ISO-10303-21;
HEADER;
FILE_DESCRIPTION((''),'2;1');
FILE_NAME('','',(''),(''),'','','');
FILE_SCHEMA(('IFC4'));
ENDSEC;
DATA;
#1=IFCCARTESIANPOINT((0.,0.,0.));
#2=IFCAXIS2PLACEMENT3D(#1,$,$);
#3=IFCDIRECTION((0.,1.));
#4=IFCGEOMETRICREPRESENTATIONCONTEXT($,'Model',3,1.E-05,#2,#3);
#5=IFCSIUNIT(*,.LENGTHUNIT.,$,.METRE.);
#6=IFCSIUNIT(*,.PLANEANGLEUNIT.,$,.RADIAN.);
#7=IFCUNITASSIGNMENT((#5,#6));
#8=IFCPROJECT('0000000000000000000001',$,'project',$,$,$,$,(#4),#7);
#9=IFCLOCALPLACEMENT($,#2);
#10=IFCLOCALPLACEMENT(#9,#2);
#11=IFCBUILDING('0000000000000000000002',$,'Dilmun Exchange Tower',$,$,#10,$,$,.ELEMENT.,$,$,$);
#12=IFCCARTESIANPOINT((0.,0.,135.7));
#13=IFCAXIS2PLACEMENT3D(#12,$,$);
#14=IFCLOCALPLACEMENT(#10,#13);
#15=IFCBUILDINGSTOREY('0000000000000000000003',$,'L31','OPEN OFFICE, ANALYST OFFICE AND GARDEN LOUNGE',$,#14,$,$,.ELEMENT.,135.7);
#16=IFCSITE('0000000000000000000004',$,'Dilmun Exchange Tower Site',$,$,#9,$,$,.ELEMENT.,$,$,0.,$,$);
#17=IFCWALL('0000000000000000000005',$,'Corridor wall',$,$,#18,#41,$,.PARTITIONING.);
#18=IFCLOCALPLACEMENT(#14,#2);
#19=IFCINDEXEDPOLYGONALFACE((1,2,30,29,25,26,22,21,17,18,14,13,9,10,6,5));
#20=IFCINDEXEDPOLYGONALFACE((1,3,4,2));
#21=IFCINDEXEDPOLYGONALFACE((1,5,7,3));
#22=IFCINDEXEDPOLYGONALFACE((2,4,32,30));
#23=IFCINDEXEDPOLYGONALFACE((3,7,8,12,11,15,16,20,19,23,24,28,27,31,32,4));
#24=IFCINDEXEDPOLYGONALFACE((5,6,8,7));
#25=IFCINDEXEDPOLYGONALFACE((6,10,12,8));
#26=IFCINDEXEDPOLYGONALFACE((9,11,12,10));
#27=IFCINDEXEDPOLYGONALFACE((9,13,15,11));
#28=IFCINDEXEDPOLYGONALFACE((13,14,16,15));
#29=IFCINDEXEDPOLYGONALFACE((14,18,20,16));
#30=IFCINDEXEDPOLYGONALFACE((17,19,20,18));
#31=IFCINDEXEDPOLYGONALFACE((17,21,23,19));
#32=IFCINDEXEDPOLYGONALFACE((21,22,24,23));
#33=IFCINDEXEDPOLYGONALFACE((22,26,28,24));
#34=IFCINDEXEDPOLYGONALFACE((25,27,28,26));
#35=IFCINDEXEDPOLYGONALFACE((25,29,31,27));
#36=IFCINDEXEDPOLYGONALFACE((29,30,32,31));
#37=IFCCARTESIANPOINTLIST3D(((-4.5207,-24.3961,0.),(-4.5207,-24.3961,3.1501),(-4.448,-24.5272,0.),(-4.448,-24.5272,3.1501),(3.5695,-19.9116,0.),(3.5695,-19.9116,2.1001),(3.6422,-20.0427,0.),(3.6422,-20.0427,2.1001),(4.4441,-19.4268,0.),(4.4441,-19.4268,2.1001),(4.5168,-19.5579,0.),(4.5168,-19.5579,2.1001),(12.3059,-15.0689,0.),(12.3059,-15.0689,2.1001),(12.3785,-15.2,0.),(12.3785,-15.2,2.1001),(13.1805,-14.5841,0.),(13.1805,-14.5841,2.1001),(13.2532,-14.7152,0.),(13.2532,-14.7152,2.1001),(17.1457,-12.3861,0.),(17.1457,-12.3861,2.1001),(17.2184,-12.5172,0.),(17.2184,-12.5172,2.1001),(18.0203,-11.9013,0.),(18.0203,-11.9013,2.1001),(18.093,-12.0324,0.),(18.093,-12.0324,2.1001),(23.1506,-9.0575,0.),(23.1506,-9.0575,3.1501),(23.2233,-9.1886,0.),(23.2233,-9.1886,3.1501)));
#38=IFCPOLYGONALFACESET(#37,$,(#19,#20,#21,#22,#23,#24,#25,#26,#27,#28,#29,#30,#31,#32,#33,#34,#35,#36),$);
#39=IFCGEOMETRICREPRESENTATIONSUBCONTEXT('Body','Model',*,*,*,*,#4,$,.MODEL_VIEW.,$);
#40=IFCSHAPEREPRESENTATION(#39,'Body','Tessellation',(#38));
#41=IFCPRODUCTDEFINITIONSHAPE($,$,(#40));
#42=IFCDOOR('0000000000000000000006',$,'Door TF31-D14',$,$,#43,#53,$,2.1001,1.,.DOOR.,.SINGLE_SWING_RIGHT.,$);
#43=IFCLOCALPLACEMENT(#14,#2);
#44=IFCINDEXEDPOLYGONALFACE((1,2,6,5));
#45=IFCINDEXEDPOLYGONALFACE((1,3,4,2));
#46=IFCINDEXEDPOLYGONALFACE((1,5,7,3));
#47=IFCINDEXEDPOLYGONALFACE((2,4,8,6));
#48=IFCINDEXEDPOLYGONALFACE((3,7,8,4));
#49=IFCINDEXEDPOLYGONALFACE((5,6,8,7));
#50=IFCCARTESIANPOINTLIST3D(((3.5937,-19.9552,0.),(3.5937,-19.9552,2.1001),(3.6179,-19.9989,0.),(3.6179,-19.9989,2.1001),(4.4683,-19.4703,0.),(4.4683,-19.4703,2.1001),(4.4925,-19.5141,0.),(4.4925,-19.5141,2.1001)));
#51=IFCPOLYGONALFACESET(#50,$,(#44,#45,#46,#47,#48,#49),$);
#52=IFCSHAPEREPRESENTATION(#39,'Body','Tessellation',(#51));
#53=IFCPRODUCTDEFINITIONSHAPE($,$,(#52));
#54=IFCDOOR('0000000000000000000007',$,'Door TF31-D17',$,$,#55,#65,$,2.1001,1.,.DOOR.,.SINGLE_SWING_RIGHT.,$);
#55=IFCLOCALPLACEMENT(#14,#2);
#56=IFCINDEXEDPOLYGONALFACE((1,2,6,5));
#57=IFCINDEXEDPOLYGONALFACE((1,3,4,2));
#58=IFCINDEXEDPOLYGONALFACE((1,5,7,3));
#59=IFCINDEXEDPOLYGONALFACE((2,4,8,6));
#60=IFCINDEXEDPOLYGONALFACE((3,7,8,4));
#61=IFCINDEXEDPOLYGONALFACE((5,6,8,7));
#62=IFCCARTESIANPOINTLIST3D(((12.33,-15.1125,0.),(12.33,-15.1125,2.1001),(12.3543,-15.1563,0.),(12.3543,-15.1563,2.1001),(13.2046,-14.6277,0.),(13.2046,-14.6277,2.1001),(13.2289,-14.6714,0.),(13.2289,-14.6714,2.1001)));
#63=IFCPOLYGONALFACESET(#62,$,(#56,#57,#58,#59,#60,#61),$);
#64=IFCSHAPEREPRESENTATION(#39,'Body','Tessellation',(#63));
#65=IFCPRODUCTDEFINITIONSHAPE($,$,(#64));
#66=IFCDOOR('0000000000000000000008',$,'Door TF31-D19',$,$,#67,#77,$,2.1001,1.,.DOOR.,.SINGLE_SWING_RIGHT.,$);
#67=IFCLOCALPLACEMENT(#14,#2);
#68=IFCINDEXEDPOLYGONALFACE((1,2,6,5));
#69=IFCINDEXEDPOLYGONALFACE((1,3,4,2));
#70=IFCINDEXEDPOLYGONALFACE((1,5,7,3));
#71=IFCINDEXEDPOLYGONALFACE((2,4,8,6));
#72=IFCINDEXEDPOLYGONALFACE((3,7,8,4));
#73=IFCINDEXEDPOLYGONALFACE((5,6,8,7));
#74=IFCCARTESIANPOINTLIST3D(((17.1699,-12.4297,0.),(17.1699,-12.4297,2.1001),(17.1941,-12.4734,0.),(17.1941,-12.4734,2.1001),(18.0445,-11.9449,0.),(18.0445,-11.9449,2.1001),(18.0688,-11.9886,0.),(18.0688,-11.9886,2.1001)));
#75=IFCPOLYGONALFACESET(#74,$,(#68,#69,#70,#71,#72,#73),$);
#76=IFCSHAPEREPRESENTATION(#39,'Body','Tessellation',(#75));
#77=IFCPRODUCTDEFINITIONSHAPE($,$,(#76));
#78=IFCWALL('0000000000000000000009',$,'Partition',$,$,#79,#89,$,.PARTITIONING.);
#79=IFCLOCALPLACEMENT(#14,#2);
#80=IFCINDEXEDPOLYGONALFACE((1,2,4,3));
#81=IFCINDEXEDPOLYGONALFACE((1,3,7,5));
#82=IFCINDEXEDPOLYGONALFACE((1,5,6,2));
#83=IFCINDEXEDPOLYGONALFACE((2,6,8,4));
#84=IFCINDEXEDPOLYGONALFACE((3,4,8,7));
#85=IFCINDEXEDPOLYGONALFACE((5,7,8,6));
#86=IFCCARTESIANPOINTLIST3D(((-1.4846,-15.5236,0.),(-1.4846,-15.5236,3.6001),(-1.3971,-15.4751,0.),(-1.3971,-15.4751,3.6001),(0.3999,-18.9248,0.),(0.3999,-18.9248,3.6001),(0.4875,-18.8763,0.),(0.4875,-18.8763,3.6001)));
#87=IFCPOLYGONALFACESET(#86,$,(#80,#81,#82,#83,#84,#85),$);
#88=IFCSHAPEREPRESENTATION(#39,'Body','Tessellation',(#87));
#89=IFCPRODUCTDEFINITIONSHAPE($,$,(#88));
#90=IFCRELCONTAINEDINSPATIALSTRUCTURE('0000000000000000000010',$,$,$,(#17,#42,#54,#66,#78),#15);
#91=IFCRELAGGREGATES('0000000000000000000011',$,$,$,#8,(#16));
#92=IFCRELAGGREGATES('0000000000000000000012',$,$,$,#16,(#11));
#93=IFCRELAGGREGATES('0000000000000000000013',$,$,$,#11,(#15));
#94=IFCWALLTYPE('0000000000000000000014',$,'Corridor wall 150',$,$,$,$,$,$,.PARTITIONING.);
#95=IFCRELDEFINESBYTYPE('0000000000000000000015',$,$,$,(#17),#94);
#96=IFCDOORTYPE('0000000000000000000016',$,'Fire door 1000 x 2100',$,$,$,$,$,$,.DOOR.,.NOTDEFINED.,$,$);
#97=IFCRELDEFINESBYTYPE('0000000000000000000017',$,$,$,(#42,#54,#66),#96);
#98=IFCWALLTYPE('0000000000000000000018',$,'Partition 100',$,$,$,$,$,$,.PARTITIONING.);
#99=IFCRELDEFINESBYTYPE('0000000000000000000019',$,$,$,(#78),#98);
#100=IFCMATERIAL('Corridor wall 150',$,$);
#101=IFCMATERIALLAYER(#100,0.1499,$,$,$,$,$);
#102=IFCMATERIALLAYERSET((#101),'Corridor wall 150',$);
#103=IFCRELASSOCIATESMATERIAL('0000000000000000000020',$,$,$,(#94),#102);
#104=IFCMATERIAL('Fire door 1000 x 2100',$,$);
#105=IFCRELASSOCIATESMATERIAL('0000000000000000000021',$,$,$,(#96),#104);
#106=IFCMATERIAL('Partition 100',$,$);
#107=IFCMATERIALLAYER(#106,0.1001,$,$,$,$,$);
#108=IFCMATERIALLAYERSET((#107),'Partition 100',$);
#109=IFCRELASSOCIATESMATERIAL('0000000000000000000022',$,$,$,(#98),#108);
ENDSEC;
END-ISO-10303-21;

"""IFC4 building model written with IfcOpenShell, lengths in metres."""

from ifc_helpers import new_model, si_unit, direction, frame, frame_2d, origin, place, context, subcontext, project, spatial, rectangle, extrude, material, layer, layer_set, type_object, element, fill, save


model = new_model("IFC4")

# Units and contexts
model_context = context("Model", 3, precision=1e-05, world=origin(), true_north=direction((0.0, 1.0)))
body_context = subcontext(model_context, "Body", "Model", "MODEL_VIEW")
ifc_project = project(units=[si_unit("LENGTHUNIT", "METRE"), si_unit("PLANEANGLEUNIT", "RADIAN")], contexts=[model_context])

# Site, building, storey
site_placement = place(None, origin())
site = spatial("IfcSite", under=ifc_project, at=site_placement, Name="Dilmun Exchange Tower Site", CompositionType="ELEMENT", RefElevation=0.0)
building_placement = place(site_placement, origin())
building = spatial("IfcBuilding", under=site, at=building_placement, Name="Dilmun Exchange Tower", CompositionType="ELEMENT")
storey_placement = place(building_placement, frame((0.0, 0.0, 135.7)))
storey = spatial("IfcBuildingStorey", under=building, at=storey_placement, Name="L31", Description="OPEN OFFICE, ANALYST OFFICE AND GARDEN LOUNGE", CompositionType="ELEMENT", Elevation=135.7)

# Shared definitions
ifc_material_1 = material(Name="Corridor wall 150")
ifc_layer_1 = layer(ifc_material_1, 0.1499)
ifc_layer_set_1 = layer_set([ifc_layer_1], Name="Corridor wall 150")
wall_type_1 = type_object("IfcWallType", Name="Corridor wall 150", PredefinedType="PARTITIONING", material=ifc_layer_set_1)
ifc_material_2 = material(Name="Fire door 1000 x 2100")
door_type_1 = type_object("IfcDoorType", Name="Fire door 1000 x 2100", OperationType="NOTDEFINED", PredefinedType="DOOR", material=ifc_material_2)

# Wall, openings, doors
wall_1_placement = place(storey_placement, frame((-4.4844, -24.4617, 0.0), z_axis=(0.0, 0.0, 1.0), x_axis=(0.874618, 0.484813, 0.0)))
wall_1 = element("IfcWall", 1, at=wall_1_placement, inside=storey, type_object=wall_type_1, Name="Corridor wall", PredefinedType="PARTITIONING", context=body_context, shape_type="SweptSolid", body=[
    extrude(rectangle(XDim=31.6382, YDim=0.1499, at=frame_2d((15.8191, 0.0))), origin(), (0.0, 0.0, 1.0), 3.1501),
])
opening_1_placement = place(wall_1_placement, frame((9.25, 0.0, 0.0)))
opening_1 = element("IfcOpeningElement", 2, at=opening_1_placement, cuts=wall_1, PredefinedType="OPENING", context=body_context, shape_type="SweptSolid", body=[
    extrude(rectangle(XDim=1.0, YDim=2.1001, at=frame_2d((0.5, 1.05))), frame((0.0, 0.085, 0.0), z_axis=(0.0, -1.0, 0.0), x_axis=(1.0, 0.0, 0.0)), (0.0, 0.0, 1.0), 0.1699),
])
opening_2_placement = place(wall_1_placement, frame((19.2388, 0.0, 0.0)))
opening_2 = element("IfcOpeningElement", 3, at=opening_2_placement, cuts=wall_1, PredefinedType="OPENING", context=body_context, shape_type="SweptSolid", body=[
    extrude(rectangle(XDim=1.0, YDim=2.1001, at=frame_2d((0.5, 1.05))), frame((0.0, 0.085, 0.0), z_axis=(0.0, -1.0, 0.0), x_axis=(1.0, 0.0, 0.0)), (0.0, 0.0, 1.0), 0.1699),
])
opening_3_placement = place(wall_1_placement, frame((24.7725, 0.0, 0.0)))
opening_3 = element("IfcOpeningElement", 4, at=opening_3_placement, cuts=wall_1, PredefinedType="OPENING", context=body_context, shape_type="SweptSolid", body=[
    extrude(rectangle(XDim=1.0, YDim=2.1001, at=frame_2d((0.5, 1.05))), frame((0.0, 0.085, 0.0), z_axis=(0.0, -1.0, 0.0), x_axis=(1.0, 0.0, 0.0)), (0.0, 0.0, 1.0), 0.1699),
])
door_1_placement = place(opening_1_placement, frame((1.0, 0.0, 0.0), z_axis=(0.0, 0.0, 1.0), x_axis=(-1.0, 0.0, 0.0)))
door_1 = element("IfcDoor", 5, at=door_1_placement, inside=storey, type_object=door_type_1, Name="Door TF31-D14", OperationType="SINGLE_SWING_RIGHT", OverallHeight=2.1001, OverallWidth=1.0, PredefinedType="DOOR", context=body_context, shape_type="SweptSolid", body=[
    extrude(rectangle(XDim=1.0, YDim=2.1001, at=frame_2d((0.5, 1.05))), frame((0.0, 0.0249, 0.0), z_axis=(0.0, -1.0, 0.0), x_axis=(1.0, 0.0, 0.0)), (0.0, 0.0, 1.0), 0.05),
])
fill(opening_1, door_1)
door_2_placement = place(opening_2_placement, frame((1.0, 0.0, 0.0), z_axis=(0.0, 0.0, 1.0), x_axis=(-1.0, 0.0, 0.0)))
door_2 = element("IfcDoor", 6, at=door_2_placement, inside=storey, type_object=door_type_1, Name="Door TF31-D17", OperationType="SINGLE_SWING_RIGHT", OverallHeight=2.1001, OverallWidth=1.0, PredefinedType="DOOR", context=body_context, shape_type="SweptSolid", body=[
    extrude(rectangle(XDim=1.0, YDim=2.1001, at=frame_2d((0.5, 1.05))), frame((0.0, 0.0249, 0.0), z_axis=(0.0, -1.0, 0.0), x_axis=(1.0, 0.0, 0.0)), (0.0, 0.0, 1.0), 0.05),
])
fill(opening_2, door_2)
door_3_placement = place(opening_3_placement, frame((1.0, 0.0, 0.0), z_axis=(0.0, 0.0, 1.0), x_axis=(-1.0, 0.0, 0.0)))
door_3 = element("IfcDoor", 7, at=door_3_placement, inside=storey, type_object=door_type_1, Name="Door TF31-D19", OperationType="SINGLE_SWING_RIGHT", OverallHeight=2.1001, OverallWidth=1.0, PredefinedType="DOOR", context=body_context, shape_type="SweptSolid", body=[
    extrude(rectangle(XDim=1.0, YDim=2.1001, at=frame_2d((0.5, 1.05))), frame((0.0, 0.0249, 0.0), z_axis=(0.0, -1.0, 0.0), x_axis=(1.0, 0.0, 0.0)), (0.0, 0.0, 1.0), 0.05),
])
fill(opening_3, door_3)

# Wall
ifc_material_3 = material(Name="Partition 100")
ifc_layer_2 = layer(ifc_material_3, 0.1001)
ifc_layer_set_2 = layer_set([ifc_layer_2], Name="Partition 100")
wall_type_2 = type_object("IfcWallType", Name="Partition 100", PredefinedType="PARTITIONING", material=ifc_layer_set_2)
wall_2_placement = place(storey_placement, frame((-1.4409, -15.4993, 0.0), z_axis=(0.0, 0.0, 1.0), x_axis=(0.484662, -0.874702, 0.0)))
element("IfcWall", 8, at=wall_2_placement, inside=storey, type_object=wall_type_2, Name="Partition", PredefinedType="PARTITIONING", context=body_context, shape_type="SweptSolid", body=[
    extrude(rectangle(XDim=3.8884, YDim=0.1001, at=frame_2d((1.9443, 0.0))), origin(), (0.0, 0.0, 1.0), 3.6001),
])

save(model, "model.ifc")
